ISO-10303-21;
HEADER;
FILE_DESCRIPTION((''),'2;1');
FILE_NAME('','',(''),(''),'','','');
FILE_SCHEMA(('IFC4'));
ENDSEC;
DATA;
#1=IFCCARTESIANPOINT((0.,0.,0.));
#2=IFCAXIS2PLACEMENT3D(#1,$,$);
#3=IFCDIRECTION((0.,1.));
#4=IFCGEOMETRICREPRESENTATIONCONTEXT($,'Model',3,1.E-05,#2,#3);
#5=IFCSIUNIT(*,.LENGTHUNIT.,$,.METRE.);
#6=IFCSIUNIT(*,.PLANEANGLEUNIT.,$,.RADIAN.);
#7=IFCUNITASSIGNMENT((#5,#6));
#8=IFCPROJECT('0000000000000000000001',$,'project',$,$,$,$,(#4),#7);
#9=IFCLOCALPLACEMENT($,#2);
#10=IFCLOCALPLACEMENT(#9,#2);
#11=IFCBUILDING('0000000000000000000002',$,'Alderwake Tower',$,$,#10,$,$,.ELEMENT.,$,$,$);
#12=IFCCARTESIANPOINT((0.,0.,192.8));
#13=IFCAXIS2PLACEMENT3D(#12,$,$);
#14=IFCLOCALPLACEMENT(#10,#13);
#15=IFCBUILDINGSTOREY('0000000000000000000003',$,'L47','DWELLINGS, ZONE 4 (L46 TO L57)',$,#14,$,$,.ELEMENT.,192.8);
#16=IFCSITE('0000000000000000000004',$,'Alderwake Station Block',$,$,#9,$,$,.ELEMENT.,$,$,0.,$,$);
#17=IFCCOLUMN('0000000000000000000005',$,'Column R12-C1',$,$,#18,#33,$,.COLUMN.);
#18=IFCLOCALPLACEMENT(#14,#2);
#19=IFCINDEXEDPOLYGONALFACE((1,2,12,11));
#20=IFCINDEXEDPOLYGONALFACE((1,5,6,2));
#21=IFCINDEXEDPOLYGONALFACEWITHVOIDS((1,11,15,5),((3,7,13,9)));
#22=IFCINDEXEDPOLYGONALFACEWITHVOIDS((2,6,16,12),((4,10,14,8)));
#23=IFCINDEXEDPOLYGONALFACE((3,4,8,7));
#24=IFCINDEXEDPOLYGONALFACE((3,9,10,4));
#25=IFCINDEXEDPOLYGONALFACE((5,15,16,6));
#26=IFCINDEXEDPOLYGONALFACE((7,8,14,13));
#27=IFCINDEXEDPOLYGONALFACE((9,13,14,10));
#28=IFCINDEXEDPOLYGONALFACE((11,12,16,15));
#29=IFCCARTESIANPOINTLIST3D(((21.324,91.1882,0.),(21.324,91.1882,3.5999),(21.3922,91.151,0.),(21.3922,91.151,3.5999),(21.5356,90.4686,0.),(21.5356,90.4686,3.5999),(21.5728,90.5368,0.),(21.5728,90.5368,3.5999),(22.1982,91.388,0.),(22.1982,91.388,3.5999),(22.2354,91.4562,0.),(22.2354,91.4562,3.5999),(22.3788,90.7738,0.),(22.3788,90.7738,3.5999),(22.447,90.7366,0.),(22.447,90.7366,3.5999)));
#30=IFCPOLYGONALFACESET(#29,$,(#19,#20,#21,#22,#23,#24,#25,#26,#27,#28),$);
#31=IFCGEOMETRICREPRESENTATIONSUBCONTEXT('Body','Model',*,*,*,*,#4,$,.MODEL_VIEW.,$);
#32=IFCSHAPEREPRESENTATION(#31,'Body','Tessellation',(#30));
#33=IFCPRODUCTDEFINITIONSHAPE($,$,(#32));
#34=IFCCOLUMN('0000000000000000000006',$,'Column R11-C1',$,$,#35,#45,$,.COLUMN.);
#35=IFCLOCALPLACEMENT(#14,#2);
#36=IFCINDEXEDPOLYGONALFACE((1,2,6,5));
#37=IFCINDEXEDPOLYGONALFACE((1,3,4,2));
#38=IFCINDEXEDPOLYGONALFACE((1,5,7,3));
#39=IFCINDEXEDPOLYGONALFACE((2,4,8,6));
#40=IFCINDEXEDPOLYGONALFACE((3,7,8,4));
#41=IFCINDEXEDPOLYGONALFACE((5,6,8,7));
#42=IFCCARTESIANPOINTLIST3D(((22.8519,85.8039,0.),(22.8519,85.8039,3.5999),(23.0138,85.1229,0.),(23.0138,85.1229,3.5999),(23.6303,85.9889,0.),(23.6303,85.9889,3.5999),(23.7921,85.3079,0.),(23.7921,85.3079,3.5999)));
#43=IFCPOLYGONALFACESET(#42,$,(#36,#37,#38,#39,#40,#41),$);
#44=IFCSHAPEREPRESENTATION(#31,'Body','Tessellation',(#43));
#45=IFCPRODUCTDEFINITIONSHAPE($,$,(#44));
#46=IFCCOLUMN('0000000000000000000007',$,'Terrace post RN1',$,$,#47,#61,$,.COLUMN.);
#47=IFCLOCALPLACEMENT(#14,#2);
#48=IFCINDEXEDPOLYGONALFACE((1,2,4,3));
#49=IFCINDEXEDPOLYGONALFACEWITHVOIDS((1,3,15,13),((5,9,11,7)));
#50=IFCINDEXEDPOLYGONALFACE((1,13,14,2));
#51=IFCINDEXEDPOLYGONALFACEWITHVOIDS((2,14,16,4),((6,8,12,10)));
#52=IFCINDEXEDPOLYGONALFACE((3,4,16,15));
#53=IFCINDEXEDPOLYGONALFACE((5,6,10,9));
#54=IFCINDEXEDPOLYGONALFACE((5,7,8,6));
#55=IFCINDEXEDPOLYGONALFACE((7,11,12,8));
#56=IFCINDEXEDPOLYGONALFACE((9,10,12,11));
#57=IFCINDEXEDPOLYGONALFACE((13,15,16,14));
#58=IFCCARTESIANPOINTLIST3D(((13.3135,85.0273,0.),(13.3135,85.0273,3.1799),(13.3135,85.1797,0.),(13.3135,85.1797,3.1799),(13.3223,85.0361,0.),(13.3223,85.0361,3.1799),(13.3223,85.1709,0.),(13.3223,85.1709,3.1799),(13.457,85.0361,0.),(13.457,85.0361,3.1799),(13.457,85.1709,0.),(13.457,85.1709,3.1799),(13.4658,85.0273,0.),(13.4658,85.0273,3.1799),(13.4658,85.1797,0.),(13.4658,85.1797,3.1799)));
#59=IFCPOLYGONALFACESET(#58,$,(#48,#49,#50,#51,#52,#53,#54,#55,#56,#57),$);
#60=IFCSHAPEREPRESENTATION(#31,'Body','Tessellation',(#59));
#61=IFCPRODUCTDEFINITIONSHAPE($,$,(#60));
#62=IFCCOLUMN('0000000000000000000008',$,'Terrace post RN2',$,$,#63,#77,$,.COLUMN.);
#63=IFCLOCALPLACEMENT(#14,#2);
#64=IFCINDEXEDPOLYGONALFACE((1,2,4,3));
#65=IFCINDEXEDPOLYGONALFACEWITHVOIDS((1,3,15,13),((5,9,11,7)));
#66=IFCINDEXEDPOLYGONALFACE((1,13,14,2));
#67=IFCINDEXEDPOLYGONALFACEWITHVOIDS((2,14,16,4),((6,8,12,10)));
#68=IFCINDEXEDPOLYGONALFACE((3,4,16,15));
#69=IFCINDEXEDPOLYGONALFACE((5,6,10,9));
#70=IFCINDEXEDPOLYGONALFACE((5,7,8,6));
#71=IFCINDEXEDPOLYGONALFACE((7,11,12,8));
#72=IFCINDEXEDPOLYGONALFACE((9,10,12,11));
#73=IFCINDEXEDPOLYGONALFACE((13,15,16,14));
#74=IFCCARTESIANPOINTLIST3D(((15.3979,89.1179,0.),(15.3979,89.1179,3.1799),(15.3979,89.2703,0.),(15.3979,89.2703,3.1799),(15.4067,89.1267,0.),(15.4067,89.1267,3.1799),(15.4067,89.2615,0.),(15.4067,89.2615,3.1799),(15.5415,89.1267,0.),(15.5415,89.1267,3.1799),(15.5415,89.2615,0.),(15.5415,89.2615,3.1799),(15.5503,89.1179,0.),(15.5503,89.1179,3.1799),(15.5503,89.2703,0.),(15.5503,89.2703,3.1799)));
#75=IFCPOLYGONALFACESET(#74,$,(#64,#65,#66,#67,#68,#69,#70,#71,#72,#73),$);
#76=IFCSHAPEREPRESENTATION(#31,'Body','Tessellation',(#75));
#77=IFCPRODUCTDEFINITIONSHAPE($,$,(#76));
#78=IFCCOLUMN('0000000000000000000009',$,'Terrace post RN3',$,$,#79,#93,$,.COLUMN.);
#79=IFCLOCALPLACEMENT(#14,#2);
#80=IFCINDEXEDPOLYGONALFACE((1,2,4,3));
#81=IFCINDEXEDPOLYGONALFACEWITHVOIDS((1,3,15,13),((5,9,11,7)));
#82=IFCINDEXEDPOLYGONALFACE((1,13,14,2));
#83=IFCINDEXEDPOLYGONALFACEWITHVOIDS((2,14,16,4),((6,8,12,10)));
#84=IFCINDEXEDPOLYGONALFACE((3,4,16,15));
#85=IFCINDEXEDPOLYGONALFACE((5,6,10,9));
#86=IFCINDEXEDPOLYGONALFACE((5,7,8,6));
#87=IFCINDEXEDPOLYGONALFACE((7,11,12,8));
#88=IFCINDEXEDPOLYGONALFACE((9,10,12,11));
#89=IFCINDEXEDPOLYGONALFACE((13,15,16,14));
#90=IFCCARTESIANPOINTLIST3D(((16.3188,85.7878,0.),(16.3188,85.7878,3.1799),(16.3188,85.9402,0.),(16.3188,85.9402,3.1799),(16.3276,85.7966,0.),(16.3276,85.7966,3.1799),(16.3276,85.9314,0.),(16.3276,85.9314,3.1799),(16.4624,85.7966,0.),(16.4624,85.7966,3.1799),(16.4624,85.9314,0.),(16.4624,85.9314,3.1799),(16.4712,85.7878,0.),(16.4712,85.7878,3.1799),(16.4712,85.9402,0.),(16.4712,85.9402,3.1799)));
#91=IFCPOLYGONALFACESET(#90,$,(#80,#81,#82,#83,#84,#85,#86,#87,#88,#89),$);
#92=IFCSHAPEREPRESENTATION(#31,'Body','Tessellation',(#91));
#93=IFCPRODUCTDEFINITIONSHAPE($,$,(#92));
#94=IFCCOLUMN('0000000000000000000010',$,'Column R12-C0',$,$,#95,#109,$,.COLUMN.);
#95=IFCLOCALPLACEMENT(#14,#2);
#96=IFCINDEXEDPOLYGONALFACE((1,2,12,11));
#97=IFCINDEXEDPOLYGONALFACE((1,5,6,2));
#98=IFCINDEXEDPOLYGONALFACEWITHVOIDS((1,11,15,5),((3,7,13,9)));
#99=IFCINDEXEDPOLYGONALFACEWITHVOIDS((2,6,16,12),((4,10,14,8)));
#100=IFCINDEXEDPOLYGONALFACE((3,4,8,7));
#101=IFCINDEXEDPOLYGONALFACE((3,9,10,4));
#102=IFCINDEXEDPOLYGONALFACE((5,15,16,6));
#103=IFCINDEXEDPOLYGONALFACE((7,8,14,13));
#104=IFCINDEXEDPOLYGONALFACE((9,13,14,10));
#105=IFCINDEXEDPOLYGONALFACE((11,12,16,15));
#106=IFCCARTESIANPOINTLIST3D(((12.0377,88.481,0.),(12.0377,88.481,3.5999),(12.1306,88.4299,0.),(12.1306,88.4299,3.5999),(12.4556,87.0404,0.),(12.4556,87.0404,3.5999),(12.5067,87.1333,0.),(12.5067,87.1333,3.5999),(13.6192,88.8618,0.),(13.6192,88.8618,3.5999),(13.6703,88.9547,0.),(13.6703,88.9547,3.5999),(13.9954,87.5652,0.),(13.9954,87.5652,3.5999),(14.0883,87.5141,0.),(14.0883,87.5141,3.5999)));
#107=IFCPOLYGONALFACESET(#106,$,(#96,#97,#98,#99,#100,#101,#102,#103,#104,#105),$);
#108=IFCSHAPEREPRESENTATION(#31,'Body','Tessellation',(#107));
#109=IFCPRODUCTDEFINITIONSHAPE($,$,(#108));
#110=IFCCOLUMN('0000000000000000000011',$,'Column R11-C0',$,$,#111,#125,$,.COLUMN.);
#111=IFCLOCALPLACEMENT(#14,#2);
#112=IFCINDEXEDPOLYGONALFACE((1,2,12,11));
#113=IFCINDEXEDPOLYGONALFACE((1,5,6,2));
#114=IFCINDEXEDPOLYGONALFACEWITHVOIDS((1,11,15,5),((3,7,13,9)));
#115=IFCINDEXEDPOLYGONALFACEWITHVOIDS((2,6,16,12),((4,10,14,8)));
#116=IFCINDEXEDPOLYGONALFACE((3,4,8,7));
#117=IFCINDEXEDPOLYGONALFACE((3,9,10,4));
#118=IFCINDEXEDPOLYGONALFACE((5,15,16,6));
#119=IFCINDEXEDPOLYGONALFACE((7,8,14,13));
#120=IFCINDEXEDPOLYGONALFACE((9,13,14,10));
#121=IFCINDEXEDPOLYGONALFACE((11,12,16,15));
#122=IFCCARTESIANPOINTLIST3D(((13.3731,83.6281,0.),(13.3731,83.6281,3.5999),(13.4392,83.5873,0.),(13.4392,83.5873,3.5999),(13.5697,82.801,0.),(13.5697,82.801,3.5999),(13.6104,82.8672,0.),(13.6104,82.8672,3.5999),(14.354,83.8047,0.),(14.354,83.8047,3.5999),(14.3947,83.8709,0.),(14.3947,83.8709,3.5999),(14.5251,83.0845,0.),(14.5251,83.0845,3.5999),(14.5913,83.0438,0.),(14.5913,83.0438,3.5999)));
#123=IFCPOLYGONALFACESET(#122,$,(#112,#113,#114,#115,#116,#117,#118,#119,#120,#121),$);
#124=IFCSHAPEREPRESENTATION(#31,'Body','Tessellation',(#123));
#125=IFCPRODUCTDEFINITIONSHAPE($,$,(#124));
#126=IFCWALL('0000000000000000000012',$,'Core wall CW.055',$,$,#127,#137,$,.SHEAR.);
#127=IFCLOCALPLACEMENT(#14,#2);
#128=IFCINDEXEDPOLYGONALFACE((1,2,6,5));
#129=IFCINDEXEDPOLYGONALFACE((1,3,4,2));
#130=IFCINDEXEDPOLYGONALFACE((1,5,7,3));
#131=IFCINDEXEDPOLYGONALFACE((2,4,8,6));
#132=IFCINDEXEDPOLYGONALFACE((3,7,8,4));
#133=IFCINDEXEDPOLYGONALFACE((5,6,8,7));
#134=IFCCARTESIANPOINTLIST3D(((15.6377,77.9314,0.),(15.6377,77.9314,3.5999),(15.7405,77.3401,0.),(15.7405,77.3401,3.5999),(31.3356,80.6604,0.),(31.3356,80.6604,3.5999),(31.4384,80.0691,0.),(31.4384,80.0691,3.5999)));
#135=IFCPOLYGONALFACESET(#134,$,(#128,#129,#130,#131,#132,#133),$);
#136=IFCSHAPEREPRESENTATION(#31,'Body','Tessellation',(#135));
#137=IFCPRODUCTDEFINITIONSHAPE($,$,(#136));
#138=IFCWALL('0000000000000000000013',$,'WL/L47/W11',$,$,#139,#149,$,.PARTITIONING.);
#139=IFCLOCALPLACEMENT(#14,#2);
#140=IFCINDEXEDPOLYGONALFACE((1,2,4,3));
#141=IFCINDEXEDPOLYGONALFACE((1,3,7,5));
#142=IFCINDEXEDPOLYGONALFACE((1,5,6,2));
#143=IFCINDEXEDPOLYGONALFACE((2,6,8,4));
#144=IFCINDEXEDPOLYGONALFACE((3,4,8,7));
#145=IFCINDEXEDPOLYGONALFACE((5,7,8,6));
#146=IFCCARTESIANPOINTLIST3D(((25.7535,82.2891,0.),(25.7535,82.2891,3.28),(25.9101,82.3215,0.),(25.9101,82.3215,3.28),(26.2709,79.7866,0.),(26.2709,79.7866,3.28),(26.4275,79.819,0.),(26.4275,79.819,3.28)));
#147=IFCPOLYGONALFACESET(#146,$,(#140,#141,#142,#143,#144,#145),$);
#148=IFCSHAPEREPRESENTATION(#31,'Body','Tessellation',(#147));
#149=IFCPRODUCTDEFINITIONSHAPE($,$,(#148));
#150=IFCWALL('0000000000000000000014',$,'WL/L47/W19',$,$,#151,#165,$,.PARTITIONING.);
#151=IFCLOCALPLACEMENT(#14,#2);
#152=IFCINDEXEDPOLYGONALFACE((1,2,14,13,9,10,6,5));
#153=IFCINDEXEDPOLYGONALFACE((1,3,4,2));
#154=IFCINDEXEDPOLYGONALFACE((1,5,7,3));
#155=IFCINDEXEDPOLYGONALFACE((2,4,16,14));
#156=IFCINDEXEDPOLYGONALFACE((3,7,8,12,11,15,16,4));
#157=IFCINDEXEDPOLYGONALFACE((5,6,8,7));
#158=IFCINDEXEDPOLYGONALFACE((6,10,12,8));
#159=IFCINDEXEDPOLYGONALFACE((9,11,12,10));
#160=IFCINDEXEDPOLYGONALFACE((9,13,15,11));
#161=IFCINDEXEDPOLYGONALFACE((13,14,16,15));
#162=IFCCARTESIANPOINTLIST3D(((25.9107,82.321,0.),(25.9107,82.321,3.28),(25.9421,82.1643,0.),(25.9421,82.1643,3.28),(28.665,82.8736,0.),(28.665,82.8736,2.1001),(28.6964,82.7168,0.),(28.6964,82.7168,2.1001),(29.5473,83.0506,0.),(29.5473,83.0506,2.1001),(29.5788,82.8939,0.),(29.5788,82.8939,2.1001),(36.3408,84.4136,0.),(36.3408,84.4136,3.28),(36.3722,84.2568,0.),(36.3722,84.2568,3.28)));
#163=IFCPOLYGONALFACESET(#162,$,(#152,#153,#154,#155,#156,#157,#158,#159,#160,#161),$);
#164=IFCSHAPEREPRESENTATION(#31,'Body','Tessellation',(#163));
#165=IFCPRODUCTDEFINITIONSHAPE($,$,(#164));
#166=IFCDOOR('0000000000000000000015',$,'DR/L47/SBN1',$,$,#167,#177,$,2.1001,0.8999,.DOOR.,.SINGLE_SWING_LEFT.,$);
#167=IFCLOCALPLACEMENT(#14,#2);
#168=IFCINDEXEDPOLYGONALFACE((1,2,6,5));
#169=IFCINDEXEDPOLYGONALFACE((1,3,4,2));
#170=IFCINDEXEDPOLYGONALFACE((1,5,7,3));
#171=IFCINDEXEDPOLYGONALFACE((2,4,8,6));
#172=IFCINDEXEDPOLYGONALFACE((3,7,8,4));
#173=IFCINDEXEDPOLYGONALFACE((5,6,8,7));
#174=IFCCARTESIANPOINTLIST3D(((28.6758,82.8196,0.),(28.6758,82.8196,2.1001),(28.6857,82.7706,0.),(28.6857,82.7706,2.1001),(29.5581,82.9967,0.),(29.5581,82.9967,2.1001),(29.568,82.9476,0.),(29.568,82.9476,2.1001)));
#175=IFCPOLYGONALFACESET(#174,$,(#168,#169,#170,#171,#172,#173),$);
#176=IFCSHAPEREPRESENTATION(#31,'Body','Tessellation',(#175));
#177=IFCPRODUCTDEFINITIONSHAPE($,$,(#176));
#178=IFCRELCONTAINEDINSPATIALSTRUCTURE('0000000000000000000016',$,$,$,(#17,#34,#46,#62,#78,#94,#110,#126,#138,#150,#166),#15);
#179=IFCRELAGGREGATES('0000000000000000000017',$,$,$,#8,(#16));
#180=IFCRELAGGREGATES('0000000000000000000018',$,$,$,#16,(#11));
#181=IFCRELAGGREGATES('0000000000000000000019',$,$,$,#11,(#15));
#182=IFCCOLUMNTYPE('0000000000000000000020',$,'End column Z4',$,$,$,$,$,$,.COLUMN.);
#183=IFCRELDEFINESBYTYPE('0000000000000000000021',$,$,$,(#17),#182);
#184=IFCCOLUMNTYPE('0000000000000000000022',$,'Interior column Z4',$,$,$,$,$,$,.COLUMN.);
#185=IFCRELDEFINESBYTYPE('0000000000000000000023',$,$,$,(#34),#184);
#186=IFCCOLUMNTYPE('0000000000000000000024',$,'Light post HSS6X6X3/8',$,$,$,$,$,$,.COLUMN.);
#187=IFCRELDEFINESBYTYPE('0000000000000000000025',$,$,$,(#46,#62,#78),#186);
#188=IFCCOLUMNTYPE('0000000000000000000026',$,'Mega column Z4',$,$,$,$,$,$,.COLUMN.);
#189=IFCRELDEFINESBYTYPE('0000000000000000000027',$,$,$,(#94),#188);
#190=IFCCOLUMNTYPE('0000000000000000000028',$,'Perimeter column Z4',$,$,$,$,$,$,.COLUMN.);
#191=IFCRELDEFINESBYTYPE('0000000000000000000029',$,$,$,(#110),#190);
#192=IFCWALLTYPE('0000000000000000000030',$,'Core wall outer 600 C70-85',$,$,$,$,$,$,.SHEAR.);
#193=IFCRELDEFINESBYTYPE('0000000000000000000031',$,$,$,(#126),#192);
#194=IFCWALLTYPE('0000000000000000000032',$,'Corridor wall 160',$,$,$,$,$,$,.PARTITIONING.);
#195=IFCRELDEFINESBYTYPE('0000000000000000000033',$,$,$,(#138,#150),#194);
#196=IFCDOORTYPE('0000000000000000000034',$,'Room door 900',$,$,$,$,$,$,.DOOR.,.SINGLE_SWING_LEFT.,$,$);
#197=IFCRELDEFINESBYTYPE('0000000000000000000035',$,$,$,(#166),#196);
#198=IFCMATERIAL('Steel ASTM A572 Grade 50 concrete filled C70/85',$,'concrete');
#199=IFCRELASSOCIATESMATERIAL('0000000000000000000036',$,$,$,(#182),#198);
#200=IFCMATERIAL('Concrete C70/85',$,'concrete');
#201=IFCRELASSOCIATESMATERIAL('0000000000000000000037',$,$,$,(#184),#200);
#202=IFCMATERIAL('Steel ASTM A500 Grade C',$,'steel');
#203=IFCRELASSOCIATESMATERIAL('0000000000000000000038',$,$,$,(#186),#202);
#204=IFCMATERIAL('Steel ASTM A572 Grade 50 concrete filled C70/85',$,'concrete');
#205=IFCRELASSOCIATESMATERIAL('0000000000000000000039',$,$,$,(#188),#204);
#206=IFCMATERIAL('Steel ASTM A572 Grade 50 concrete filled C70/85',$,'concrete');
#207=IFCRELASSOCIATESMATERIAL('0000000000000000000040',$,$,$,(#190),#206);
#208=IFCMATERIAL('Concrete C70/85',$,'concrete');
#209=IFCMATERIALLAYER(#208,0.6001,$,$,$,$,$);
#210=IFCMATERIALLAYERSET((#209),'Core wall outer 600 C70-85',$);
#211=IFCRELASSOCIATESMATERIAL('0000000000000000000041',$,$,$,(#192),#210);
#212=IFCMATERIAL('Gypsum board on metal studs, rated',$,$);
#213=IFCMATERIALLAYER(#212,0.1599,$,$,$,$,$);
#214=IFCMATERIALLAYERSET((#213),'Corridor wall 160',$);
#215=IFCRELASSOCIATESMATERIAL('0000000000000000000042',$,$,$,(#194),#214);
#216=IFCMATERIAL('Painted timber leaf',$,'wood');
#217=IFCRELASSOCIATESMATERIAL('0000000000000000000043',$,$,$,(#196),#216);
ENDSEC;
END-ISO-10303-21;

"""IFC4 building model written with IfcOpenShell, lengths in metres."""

from ifc_helpers import new_model, si_unit, direction, frame, frame_2d, origin, origin_2d, place, context, subcontext, project, spatial, rectangle, hollow_rectangle, extrude, material, layer, layer_set, material_profile, profile_set, type_object, element, fill, save


model = new_model("IFC4")

# Units and contexts
model_context = context("Model", 3, precision=1e-05, world=origin(), true_north=direction((0.0, 1.0)))
body_context = subcontext(model_context, "Body", "Model", "MODEL_VIEW")
ifc_project = project(units=[si_unit("LENGTHUNIT", "METRE"), si_unit("PLANEANGLEUNIT", "RADIAN")], contexts=[model_context])

# Site, building, storey
site_placement = place(None, origin())
site = spatial("IfcSite", under=ifc_project, at=site_placement, Name="Alderwake Station Block", CompositionType="ELEMENT", RefElevation=0.0)
building_placement = place(site_placement, origin())
building = spatial("IfcBuilding", under=site, at=building_placement, Name="Alderwake Tower", CompositionType="ELEMENT")
storey_placement = place(building_placement, frame((0.0, 0.0, 192.8)))
storey = spatial("IfcBuildingStorey", under=building, at=storey_placement, Name="L47", Description="DWELLINGS, ZONE 4 (L46 TO L57)", CompositionType="ELEMENT", Elevation=192.8)

# Columns
ifc_material_1 = material(Name="Steel ASTM A572 Grade 50 concrete filled C70/85", Category="concrete")
ifc_material_profile_1 = material_profile(ifc_material_1, hollow_rectangle(XDim=0.75, YDim=0.95, WallThickness=0.0549, at=origin_2d()), Name="BOX 950X750X55")
ifc_profile_set_1 = profile_set([ifc_material_profile_1], Name="Steel ASTM A572 Grade 50 concrete filled C70/85")
column_type_1 = type_object("IfcColumnType", Name="End column Z4", PredefinedType="COLUMN", material=ifc_profile_set_1)
column_1_placement = place(storey_placement, frame((21.8855, 90.9624, 0.0), z_axis=(0.0, 0.0, 1.0), x_axis=(-0.282132, 0.959376, 0.0)))
element("IfcColumn", 1, at=column_1_placement, inside=storey, type_object=column_type_1, Name="Column R12-C1", PredefinedType="COLUMN", context=body_context, shape_type="SweptSolid", body=[
    extrude(hollow_rectangle(XDim=0.75, YDim=0.95, WallThickness=0.0549, at=origin_2d()), origin(), (0.0, 0.0, 1.0), 3.5999),
])
ifc_material_2 = material(Name="Concrete C70/85", Category="concrete")
ifc_material_profile_2 = material_profile(ifc_material_2, rectangle(XDim=0.7, YDim=0.8, at=origin_2d()), Name="RC 800X700")
ifc_profile_set_2 = profile_set([ifc_material_profile_2], Name="Concrete C70/85")
column_type_2 = type_object("IfcColumnType", Name="Interior column Z4", PredefinedType="COLUMN", material=ifc_profile_set_2)
column_2_placement = place(storey_placement, frame((23.322, 85.5559, 0.0), z_axis=(0.0, 0.0, 1.0), x_axis=(-0.231222, 0.972901, 0.0)))
element("IfcColumn", 2, at=column_2_placement, inside=storey, type_object=column_type_2, Name="Column R11-C1", PredefinedType="COLUMN", context=body_context, shape_type="SweptSolid", body=[
    extrude(rectangle(XDim=0.7, YDim=0.8, at=origin_2d()), origin(), (0.0, 0.0, 1.0), 3.5999),
])
ifc_material_3 = material(Name="Steel ASTM A500 Grade C", Category="steel")
ifc_material_profile_3 = material_profile(ifc_material_3, hollow_rectangle(XDim=0.1523, YDim=0.1523, WallThickness=0.0088, at=origin_2d()), Name="HSS6X6X3/8")
ifc_profile_set_3 = profile_set([ifc_material_profile_3], Name="Steel ASTM A500 Grade C")
column_type_3 = type_object("IfcColumnType", Name="Light post HSS6X6X3/8", PredefinedType="COLUMN", material=ifc_profile_set_3)
for number, where, z_axis, x_axis, name in (
    (3, (13.3896, 85.1035, 0.0), (0.0, 0.0, 1.0), (1.0, 0.0, 0.0), "Terrace post RN1"),
    (4, (15.4741, 89.1941, 0.0), (0.0, 0.0, 1.0), (1.0, 0.0, 0.0), "Terrace post RN2"),
    (5, (16.395, 85.864, 0.0), (0.0, 0.0, 1.0), (1.0, 0.0, 0.0), "Terrace post RN3"),
):
    element("IfcColumn", number, at=place(storey_placement, frame(where, z_axis=z_axis, x_axis=x_axis)), inside=storey, type_object=column_type_3, Name=name, PredefinedType="COLUMN", context=body_context, shape_type="SweptSolid", body=[
        extrude(hollow_rectangle(XDim=0.1523, YDim=0.1523, WallThickness=0.0088, at=origin_2d()), origin(), (0.0, 0.0, 1.0), 3.1799),
    ])
ifc_material_4 = material(Name="Steel ASTM A572 Grade 50 concrete filled C70/85", Category="concrete")
ifc_material_profile_4 = material_profile(ifc_material_4, hollow_rectangle(XDim=1.5, YDim=1.7, WallThickness=0.075, at=origin_2d()), Name="BOX 1700X1500X75")
ifc_profile_set_4 = profile_set([ifc_material_profile_4], Name="Steel ASTM A572 Grade 50 concrete filled C70/85")
column_type_4 = type_object("IfcColumnType", Name="Mega column Z4", PredefinedType="COLUMN", material=ifc_profile_set_4)
column_3_placement = place(storey_placement, frame((13.063, 87.9976, 0.0), z_axis=(0.0, 0.0, 1.0), x_axis=(-0.278612, 0.960404, 0.0)))
element("IfcColumn", 6, at=column_3_placement, inside=storey, type_object=column_type_4, Name="Column R12-C0", PredefinedType="COLUMN", context=body_context, shape_type="SweptSolid", body=[
    extrude(hollow_rectangle(XDim=1.5, YDim=1.7, WallThickness=0.075, at=origin_2d()), origin(), (0.0, 0.0, 1.0), 3.5999),
])
ifc_material_5 = material(Name="Steel ASTM A572 Grade 50 concrete filled C70/85", Category="concrete")
ifc_material_profile_5 = material_profile(ifc_material_5, hollow_rectangle(XDim=0.8501, YDim=1.05, WallThickness=0.0549, at=origin_2d()), Name="BOX 1050X850X55")
ifc_profile_set_5 = profile_set([ifc_material_profile_5], Name="Steel ASTM A572 Grade 50 concrete filled C70/85")
column_type_5 = type_object("IfcColumnType", Name="Perimeter column Z4", PredefinedType="COLUMN", material=ifc_profile_set_5)
column_4_placement = place(storey_placement, frame((13.9822, 83.3359, 0.0), z_axis=(0.0, 0.0, 1.0), x_axis=(-0.231222, 0.972901, 0.0)))
element("IfcColumn", 7, at=column_4_placement, inside=storey, type_object=column_type_5, Name="Column R11-C0", PredefinedType="COLUMN", context=body_context, shape_type="SweptSolid", body=[
    extrude(hollow_rectangle(XDim=0.8501, YDim=1.05, WallThickness=0.0549, at=origin_2d()), origin(), (0.0, 0.0, 1.0), 3.5999),
])

# Walls
ifc_material_6 = material(Name="Concrete C70/85", Category="concrete")
ifc_layer_1 = layer(ifc_material_6, 0.6001)
ifc_layer_set_1 = layer_set([ifc_layer_1], Name="Core wall outer 600 C70-85")
wall_type_1 = type_object("IfcWallType", Name="Core wall outer 600 C70-85", PredefinedType="SHEAR", material=ifc_layer_set_1)
wall_1_placement = place(storey_placement, frame((15.689, 77.6357, 0.0), z_axis=(0.0, 0.0, 1.0), x_axis=(0.985223, 0.171275, 0.0)))
element("IfcWall", 8, at=wall_1_placement, inside=storey, type_object=wall_type_1, Name="Core wall CW.055", PredefinedType="SHEAR", context=body_context, shape_type="SweptSolid", body=[
    extrude(rectangle(XDim=15.9333, YDim=0.6001, at=frame_2d((7.9668, 0.0))), origin(), (0.0, 0.0, 1.0), 3.5999),
])
ifc_material_7 = material(Name="Gypsum board on metal studs, rated")
ifc_layer_2 = layer(ifc_material_7, 0.1599)
ifc_layer_set_2 = layer_set([ifc_layer_2], Name="Corridor wall 160")
wall_type_2 = type_object("IfcWallType", Name="Corridor wall 160", PredefinedType="PARTITIONING", material=ifc_layer_set_2)
wall_2_placement = place(storey_placement, frame((25.8318, 82.3054, 0.0), z_axis=(0.0, 0.0, 1.0), x_axis=(0.202451, -0.979292, 0.0)))
element("IfcWall", 9, at=wall_2_placement, inside=storey, type_object=wall_type_2, Name="WL/L47/W11", PredefinedType="PARTITIONING", context=body_context, shape_type="SweptSolid", body=[
    extrude(rectangle(XDim=2.5554, YDim=0.1599, at=frame_2d((1.2778, 0.0))), origin(), (0.0, 0.0, 1.0), 3.28),
])

# Wall, opening, door
wall_3_placement = place(storey_placement, frame((25.9265, 82.2427, 0.0), z_axis=(0.0, 0.0, 1.0), x_axis=(0.980463, 0.196703, 0.0)))
wall_3 = element("IfcWall", 10, at=wall_3_placement, inside=storey, type_object=wall_type_2, Name="WL/L47/W19", PredefinedType="PARTITIONING", context=body_context, shape_type="SweptSolid", body=[
    extrude(rectangle(XDim=10.6379, YDim=0.1599, at=frame_2d((5.3188, 0.0))), origin(), (0.0, 0.0, 1.0), 3.28),
])
opening_1_placement = place(wall_3_placement, frame((2.8091, 0.0, 0.0)))
opening_1 = element("IfcOpeningElement", 11, at=opening_1_placement, cuts=wall_3, PredefinedType="OPENING", context=body_context, shape_type="SweptSolid", body=[
    extrude(rectangle(XDim=0.8999, YDim=2.1001, at=frame_2d((0.45, 1.05))), frame((0.0, 0.0898, 0.0), z_axis=(0.0, -1.0, 0.0), x_axis=(1.0, 0.0, 0.0)), (0.0, 0.0, 1.0), 0.1799),
])
ifc_material_8 = material(Name="Painted timber leaf", Category="wood")
door_type_1 = type_object("IfcDoorType", Name="Room door 900", OperationType="SINGLE_SWING_LEFT", PredefinedType="DOOR", material=ifc_material_8)
door_1_placement = place(opening_1_placement, origin())
door_1 = element("IfcDoor", 12, at=door_1_placement, inside=storey, type_object=door_type_1, Name="DR/L47/SBN1", OperationType="SINGLE_SWING_LEFT", OverallHeight=2.1001, OverallWidth=0.8999, PredefinedType="DOOR", context=body_context, shape_type="SweptSolid", body=[
    extrude(rectangle(XDim=0.8999, YDim=2.1001, at=frame_2d((0.45, 1.05))), frame((0.0, 0.0249, 0.0), z_axis=(0.0, -1.0, 0.0), x_axis=(1.0, 0.0, 0.0)), (0.0, 0.0, 1.0), 0.05),
])
fill(opening_1, door_1)

save(model, "model.ifc")
